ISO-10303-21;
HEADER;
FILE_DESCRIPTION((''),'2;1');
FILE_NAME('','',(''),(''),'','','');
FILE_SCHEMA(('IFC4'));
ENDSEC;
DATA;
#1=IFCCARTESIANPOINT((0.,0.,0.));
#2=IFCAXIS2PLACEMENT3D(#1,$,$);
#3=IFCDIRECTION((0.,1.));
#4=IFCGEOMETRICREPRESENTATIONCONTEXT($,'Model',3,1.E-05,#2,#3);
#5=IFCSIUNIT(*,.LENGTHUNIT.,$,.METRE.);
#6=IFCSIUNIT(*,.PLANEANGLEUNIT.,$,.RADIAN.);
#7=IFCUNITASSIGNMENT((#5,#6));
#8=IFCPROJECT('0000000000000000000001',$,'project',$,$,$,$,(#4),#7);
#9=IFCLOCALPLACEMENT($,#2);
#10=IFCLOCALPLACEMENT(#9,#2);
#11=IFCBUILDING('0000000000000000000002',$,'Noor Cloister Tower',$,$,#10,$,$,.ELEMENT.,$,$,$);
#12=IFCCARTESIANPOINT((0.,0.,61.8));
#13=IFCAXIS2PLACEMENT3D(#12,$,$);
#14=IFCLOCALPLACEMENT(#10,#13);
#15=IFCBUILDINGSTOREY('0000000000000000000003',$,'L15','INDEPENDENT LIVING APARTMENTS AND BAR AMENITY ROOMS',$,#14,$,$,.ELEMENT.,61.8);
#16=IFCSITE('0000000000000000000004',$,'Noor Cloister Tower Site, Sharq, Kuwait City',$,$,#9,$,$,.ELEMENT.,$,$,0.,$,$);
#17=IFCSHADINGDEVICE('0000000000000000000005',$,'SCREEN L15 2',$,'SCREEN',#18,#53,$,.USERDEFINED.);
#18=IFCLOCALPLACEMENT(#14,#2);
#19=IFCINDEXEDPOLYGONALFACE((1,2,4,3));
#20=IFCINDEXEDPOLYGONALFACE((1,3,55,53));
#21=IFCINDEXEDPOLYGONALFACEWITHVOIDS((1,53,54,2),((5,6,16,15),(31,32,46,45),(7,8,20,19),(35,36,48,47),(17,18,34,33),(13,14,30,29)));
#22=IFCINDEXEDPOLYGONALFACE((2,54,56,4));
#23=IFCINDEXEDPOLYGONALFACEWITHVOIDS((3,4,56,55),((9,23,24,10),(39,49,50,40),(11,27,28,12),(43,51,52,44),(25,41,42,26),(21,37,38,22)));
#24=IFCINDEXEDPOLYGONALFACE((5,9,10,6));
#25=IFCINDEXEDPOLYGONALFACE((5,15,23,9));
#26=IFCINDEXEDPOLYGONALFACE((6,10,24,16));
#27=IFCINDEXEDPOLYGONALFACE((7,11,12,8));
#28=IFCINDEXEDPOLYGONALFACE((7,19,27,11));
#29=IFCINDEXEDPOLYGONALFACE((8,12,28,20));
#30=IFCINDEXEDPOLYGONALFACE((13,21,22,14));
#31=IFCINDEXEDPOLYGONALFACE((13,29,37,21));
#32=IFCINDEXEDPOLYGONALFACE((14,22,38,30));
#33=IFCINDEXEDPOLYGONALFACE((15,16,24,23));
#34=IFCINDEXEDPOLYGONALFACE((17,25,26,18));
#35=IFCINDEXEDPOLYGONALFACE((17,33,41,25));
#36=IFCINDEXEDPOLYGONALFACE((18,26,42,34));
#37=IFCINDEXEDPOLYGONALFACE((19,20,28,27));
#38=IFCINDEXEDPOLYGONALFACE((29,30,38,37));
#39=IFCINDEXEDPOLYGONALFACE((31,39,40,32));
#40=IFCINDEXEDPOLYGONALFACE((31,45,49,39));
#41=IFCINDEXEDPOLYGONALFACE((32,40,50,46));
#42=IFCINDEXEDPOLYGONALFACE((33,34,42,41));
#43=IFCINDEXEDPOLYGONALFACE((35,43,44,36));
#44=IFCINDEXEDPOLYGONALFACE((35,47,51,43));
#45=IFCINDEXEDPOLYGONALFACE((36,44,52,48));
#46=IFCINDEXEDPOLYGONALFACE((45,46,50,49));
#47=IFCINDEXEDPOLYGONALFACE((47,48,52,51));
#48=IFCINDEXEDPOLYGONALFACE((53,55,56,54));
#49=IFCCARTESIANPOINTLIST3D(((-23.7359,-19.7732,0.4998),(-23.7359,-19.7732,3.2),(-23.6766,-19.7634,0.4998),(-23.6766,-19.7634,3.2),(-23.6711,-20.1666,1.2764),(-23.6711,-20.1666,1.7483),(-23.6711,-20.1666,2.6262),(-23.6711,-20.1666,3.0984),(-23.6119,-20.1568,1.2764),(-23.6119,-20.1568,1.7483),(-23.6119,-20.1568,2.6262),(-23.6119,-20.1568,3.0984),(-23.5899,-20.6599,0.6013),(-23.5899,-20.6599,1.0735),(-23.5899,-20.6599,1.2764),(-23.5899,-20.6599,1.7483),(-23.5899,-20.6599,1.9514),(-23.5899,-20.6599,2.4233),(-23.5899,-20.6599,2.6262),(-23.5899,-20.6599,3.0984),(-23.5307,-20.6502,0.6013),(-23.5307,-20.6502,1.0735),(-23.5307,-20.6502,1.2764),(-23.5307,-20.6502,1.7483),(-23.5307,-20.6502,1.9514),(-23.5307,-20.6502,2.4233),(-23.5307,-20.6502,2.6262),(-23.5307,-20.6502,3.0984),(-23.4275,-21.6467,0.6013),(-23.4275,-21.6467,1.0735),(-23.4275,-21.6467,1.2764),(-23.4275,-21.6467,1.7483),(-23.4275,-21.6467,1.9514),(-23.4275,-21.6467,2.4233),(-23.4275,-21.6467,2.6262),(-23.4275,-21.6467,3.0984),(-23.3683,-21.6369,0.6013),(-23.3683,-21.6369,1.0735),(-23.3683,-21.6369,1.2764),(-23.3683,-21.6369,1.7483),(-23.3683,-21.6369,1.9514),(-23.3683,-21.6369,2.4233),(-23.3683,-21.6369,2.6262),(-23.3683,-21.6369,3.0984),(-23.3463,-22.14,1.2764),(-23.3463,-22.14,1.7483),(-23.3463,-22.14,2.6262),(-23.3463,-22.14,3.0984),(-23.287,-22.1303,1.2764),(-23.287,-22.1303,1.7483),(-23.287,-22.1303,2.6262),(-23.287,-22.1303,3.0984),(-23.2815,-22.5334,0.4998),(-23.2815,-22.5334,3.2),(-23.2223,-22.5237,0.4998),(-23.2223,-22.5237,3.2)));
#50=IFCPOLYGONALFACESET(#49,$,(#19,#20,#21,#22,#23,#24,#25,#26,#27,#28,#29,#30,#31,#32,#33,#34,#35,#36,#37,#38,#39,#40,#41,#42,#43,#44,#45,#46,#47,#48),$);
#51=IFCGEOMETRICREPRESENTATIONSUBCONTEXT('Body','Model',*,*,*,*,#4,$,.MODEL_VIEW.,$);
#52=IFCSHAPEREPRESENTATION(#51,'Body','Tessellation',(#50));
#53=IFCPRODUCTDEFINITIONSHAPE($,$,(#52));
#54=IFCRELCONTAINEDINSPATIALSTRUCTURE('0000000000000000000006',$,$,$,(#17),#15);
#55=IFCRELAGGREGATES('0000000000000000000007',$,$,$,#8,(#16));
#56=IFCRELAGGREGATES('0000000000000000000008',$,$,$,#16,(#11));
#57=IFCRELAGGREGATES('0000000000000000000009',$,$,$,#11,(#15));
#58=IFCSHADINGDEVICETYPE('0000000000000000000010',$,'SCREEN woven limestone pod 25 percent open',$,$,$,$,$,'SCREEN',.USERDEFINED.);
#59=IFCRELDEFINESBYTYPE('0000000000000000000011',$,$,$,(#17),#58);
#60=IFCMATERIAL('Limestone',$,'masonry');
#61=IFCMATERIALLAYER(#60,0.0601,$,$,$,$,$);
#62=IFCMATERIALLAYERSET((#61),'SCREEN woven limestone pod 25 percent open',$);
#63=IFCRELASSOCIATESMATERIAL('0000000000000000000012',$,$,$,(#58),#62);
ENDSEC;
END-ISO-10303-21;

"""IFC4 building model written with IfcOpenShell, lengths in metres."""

from ifc_helpers import new_model, si_unit, direction, frame, origin, place, context, subcontext, project, spatial, polyline, outline, extrude, material, layer, layer_set, type_object, element, save


model = new_model("IFC4")

# Units and contexts
model_context = context("Model", 3, precision=1e-05, world=origin(), true_north=direction((0.0, 1.0)))
body_context = subcontext(model_context, "Body", "Model", "MODEL_VIEW")
ifc_project = project(units=[si_unit("LENGTHUNIT", "METRE"), si_unit("PLANEANGLEUNIT", "RADIAN")], contexts=[model_context])

# Site, building, storey
site_placement = place(None, origin())
site = spatial("IfcSite", under=ifc_project, at=site_placement, Name="Noor Cloister Tower Site, Sharq, Kuwait City", CompositionType="ELEMENT", RefElevation=0.0)
building_placement = place(site_placement, origin())
building = spatial("IfcBuilding", under=site, at=building_placement, Name="Noor Cloister Tower", CompositionType="ELEMENT")
storey_placement = place(building_placement, frame((0.0, 0.0, 61.8)))
storey = spatial("IfcBuildingStorey", under=building, at=storey_placement, Name="L15", Description="INDEPENDENT LIVING APARTMENTS AND BAR AMENITY ROOMS", CompositionType="ELEMENT", Elevation=61.8)

# Shading device
ifc_material_1 = material(Name="Limestone", Category="masonry")
ifc_layer_1 = layer(ifc_material_1, 0.0601)
ifc_layer_set_1 = layer_set([ifc_layer_1], Name="SCREEN woven limestone pod 25 percent open")
shading_device_type_1 = type_object("IfcShadingDeviceType", Name="SCREEN woven limestone pod 25 percent open", ElementType="SCREEN", PredefinedType="USERDEFINED", material=ifc_layer_set_1)
shading_device_1_placement = place(storey_placement, frame((-23.4495, -21.1436, 1.8499), z_axis=(-0.986721, -0.162423, 0.0), x_axis=(0.162423, -0.986721, 0.0)))
element("IfcShadingDevice", 1, at=shading_device_1_placement, inside=storey, type_object=shading_device_type_1, Name="SCREEN L15 2", ObjectType="SCREEN", PredefinedType="USERDEFINED", context=body_context, shape_type="SweptSolid", body=[
    extrude(outline(polyline([(-1.3987, -1.3501), (1.3987, -1.3501), (1.3987, 1.3501), (-1.3987, 1.3501), (-1.3987, -1.3501)]), holes=[polyline([(-0.5, -1.2485), (0.5, -1.2485), (0.5, -0.7764), (-0.5, -0.7764), (-0.5, -1.2485)]), polyline([(-1.0, -0.5735), (-0.5, -0.5735), (-0.5, -0.1016), (-1.0, -0.1016), (-1.0, -0.5735)]), polyline([(0.5, -0.5735), (1.0, -0.5735), (1.0, -0.1016), (0.5, -0.1016), (0.5, -0.5735)]), polyline([(-0.5, 0.1016), (0.5, 0.1016), (0.5, 0.5735), (-0.5, 0.5735), (-0.5, 0.1016)]), polyline([(-1.0, 0.7764), (-0.5, 0.7764), (-0.5, 1.2485), (-1.0, 1.2485), (-1.0, 0.7764)]), polyline([(0.5, 0.7764), (1.0, 0.7764), (1.0, 1.2485), (0.5, 1.2485), (0.5, 0.7764)])]), origin(), (0.0, 0.0, 1.0), 0.0601),
])

save(model, "model.ifc")
